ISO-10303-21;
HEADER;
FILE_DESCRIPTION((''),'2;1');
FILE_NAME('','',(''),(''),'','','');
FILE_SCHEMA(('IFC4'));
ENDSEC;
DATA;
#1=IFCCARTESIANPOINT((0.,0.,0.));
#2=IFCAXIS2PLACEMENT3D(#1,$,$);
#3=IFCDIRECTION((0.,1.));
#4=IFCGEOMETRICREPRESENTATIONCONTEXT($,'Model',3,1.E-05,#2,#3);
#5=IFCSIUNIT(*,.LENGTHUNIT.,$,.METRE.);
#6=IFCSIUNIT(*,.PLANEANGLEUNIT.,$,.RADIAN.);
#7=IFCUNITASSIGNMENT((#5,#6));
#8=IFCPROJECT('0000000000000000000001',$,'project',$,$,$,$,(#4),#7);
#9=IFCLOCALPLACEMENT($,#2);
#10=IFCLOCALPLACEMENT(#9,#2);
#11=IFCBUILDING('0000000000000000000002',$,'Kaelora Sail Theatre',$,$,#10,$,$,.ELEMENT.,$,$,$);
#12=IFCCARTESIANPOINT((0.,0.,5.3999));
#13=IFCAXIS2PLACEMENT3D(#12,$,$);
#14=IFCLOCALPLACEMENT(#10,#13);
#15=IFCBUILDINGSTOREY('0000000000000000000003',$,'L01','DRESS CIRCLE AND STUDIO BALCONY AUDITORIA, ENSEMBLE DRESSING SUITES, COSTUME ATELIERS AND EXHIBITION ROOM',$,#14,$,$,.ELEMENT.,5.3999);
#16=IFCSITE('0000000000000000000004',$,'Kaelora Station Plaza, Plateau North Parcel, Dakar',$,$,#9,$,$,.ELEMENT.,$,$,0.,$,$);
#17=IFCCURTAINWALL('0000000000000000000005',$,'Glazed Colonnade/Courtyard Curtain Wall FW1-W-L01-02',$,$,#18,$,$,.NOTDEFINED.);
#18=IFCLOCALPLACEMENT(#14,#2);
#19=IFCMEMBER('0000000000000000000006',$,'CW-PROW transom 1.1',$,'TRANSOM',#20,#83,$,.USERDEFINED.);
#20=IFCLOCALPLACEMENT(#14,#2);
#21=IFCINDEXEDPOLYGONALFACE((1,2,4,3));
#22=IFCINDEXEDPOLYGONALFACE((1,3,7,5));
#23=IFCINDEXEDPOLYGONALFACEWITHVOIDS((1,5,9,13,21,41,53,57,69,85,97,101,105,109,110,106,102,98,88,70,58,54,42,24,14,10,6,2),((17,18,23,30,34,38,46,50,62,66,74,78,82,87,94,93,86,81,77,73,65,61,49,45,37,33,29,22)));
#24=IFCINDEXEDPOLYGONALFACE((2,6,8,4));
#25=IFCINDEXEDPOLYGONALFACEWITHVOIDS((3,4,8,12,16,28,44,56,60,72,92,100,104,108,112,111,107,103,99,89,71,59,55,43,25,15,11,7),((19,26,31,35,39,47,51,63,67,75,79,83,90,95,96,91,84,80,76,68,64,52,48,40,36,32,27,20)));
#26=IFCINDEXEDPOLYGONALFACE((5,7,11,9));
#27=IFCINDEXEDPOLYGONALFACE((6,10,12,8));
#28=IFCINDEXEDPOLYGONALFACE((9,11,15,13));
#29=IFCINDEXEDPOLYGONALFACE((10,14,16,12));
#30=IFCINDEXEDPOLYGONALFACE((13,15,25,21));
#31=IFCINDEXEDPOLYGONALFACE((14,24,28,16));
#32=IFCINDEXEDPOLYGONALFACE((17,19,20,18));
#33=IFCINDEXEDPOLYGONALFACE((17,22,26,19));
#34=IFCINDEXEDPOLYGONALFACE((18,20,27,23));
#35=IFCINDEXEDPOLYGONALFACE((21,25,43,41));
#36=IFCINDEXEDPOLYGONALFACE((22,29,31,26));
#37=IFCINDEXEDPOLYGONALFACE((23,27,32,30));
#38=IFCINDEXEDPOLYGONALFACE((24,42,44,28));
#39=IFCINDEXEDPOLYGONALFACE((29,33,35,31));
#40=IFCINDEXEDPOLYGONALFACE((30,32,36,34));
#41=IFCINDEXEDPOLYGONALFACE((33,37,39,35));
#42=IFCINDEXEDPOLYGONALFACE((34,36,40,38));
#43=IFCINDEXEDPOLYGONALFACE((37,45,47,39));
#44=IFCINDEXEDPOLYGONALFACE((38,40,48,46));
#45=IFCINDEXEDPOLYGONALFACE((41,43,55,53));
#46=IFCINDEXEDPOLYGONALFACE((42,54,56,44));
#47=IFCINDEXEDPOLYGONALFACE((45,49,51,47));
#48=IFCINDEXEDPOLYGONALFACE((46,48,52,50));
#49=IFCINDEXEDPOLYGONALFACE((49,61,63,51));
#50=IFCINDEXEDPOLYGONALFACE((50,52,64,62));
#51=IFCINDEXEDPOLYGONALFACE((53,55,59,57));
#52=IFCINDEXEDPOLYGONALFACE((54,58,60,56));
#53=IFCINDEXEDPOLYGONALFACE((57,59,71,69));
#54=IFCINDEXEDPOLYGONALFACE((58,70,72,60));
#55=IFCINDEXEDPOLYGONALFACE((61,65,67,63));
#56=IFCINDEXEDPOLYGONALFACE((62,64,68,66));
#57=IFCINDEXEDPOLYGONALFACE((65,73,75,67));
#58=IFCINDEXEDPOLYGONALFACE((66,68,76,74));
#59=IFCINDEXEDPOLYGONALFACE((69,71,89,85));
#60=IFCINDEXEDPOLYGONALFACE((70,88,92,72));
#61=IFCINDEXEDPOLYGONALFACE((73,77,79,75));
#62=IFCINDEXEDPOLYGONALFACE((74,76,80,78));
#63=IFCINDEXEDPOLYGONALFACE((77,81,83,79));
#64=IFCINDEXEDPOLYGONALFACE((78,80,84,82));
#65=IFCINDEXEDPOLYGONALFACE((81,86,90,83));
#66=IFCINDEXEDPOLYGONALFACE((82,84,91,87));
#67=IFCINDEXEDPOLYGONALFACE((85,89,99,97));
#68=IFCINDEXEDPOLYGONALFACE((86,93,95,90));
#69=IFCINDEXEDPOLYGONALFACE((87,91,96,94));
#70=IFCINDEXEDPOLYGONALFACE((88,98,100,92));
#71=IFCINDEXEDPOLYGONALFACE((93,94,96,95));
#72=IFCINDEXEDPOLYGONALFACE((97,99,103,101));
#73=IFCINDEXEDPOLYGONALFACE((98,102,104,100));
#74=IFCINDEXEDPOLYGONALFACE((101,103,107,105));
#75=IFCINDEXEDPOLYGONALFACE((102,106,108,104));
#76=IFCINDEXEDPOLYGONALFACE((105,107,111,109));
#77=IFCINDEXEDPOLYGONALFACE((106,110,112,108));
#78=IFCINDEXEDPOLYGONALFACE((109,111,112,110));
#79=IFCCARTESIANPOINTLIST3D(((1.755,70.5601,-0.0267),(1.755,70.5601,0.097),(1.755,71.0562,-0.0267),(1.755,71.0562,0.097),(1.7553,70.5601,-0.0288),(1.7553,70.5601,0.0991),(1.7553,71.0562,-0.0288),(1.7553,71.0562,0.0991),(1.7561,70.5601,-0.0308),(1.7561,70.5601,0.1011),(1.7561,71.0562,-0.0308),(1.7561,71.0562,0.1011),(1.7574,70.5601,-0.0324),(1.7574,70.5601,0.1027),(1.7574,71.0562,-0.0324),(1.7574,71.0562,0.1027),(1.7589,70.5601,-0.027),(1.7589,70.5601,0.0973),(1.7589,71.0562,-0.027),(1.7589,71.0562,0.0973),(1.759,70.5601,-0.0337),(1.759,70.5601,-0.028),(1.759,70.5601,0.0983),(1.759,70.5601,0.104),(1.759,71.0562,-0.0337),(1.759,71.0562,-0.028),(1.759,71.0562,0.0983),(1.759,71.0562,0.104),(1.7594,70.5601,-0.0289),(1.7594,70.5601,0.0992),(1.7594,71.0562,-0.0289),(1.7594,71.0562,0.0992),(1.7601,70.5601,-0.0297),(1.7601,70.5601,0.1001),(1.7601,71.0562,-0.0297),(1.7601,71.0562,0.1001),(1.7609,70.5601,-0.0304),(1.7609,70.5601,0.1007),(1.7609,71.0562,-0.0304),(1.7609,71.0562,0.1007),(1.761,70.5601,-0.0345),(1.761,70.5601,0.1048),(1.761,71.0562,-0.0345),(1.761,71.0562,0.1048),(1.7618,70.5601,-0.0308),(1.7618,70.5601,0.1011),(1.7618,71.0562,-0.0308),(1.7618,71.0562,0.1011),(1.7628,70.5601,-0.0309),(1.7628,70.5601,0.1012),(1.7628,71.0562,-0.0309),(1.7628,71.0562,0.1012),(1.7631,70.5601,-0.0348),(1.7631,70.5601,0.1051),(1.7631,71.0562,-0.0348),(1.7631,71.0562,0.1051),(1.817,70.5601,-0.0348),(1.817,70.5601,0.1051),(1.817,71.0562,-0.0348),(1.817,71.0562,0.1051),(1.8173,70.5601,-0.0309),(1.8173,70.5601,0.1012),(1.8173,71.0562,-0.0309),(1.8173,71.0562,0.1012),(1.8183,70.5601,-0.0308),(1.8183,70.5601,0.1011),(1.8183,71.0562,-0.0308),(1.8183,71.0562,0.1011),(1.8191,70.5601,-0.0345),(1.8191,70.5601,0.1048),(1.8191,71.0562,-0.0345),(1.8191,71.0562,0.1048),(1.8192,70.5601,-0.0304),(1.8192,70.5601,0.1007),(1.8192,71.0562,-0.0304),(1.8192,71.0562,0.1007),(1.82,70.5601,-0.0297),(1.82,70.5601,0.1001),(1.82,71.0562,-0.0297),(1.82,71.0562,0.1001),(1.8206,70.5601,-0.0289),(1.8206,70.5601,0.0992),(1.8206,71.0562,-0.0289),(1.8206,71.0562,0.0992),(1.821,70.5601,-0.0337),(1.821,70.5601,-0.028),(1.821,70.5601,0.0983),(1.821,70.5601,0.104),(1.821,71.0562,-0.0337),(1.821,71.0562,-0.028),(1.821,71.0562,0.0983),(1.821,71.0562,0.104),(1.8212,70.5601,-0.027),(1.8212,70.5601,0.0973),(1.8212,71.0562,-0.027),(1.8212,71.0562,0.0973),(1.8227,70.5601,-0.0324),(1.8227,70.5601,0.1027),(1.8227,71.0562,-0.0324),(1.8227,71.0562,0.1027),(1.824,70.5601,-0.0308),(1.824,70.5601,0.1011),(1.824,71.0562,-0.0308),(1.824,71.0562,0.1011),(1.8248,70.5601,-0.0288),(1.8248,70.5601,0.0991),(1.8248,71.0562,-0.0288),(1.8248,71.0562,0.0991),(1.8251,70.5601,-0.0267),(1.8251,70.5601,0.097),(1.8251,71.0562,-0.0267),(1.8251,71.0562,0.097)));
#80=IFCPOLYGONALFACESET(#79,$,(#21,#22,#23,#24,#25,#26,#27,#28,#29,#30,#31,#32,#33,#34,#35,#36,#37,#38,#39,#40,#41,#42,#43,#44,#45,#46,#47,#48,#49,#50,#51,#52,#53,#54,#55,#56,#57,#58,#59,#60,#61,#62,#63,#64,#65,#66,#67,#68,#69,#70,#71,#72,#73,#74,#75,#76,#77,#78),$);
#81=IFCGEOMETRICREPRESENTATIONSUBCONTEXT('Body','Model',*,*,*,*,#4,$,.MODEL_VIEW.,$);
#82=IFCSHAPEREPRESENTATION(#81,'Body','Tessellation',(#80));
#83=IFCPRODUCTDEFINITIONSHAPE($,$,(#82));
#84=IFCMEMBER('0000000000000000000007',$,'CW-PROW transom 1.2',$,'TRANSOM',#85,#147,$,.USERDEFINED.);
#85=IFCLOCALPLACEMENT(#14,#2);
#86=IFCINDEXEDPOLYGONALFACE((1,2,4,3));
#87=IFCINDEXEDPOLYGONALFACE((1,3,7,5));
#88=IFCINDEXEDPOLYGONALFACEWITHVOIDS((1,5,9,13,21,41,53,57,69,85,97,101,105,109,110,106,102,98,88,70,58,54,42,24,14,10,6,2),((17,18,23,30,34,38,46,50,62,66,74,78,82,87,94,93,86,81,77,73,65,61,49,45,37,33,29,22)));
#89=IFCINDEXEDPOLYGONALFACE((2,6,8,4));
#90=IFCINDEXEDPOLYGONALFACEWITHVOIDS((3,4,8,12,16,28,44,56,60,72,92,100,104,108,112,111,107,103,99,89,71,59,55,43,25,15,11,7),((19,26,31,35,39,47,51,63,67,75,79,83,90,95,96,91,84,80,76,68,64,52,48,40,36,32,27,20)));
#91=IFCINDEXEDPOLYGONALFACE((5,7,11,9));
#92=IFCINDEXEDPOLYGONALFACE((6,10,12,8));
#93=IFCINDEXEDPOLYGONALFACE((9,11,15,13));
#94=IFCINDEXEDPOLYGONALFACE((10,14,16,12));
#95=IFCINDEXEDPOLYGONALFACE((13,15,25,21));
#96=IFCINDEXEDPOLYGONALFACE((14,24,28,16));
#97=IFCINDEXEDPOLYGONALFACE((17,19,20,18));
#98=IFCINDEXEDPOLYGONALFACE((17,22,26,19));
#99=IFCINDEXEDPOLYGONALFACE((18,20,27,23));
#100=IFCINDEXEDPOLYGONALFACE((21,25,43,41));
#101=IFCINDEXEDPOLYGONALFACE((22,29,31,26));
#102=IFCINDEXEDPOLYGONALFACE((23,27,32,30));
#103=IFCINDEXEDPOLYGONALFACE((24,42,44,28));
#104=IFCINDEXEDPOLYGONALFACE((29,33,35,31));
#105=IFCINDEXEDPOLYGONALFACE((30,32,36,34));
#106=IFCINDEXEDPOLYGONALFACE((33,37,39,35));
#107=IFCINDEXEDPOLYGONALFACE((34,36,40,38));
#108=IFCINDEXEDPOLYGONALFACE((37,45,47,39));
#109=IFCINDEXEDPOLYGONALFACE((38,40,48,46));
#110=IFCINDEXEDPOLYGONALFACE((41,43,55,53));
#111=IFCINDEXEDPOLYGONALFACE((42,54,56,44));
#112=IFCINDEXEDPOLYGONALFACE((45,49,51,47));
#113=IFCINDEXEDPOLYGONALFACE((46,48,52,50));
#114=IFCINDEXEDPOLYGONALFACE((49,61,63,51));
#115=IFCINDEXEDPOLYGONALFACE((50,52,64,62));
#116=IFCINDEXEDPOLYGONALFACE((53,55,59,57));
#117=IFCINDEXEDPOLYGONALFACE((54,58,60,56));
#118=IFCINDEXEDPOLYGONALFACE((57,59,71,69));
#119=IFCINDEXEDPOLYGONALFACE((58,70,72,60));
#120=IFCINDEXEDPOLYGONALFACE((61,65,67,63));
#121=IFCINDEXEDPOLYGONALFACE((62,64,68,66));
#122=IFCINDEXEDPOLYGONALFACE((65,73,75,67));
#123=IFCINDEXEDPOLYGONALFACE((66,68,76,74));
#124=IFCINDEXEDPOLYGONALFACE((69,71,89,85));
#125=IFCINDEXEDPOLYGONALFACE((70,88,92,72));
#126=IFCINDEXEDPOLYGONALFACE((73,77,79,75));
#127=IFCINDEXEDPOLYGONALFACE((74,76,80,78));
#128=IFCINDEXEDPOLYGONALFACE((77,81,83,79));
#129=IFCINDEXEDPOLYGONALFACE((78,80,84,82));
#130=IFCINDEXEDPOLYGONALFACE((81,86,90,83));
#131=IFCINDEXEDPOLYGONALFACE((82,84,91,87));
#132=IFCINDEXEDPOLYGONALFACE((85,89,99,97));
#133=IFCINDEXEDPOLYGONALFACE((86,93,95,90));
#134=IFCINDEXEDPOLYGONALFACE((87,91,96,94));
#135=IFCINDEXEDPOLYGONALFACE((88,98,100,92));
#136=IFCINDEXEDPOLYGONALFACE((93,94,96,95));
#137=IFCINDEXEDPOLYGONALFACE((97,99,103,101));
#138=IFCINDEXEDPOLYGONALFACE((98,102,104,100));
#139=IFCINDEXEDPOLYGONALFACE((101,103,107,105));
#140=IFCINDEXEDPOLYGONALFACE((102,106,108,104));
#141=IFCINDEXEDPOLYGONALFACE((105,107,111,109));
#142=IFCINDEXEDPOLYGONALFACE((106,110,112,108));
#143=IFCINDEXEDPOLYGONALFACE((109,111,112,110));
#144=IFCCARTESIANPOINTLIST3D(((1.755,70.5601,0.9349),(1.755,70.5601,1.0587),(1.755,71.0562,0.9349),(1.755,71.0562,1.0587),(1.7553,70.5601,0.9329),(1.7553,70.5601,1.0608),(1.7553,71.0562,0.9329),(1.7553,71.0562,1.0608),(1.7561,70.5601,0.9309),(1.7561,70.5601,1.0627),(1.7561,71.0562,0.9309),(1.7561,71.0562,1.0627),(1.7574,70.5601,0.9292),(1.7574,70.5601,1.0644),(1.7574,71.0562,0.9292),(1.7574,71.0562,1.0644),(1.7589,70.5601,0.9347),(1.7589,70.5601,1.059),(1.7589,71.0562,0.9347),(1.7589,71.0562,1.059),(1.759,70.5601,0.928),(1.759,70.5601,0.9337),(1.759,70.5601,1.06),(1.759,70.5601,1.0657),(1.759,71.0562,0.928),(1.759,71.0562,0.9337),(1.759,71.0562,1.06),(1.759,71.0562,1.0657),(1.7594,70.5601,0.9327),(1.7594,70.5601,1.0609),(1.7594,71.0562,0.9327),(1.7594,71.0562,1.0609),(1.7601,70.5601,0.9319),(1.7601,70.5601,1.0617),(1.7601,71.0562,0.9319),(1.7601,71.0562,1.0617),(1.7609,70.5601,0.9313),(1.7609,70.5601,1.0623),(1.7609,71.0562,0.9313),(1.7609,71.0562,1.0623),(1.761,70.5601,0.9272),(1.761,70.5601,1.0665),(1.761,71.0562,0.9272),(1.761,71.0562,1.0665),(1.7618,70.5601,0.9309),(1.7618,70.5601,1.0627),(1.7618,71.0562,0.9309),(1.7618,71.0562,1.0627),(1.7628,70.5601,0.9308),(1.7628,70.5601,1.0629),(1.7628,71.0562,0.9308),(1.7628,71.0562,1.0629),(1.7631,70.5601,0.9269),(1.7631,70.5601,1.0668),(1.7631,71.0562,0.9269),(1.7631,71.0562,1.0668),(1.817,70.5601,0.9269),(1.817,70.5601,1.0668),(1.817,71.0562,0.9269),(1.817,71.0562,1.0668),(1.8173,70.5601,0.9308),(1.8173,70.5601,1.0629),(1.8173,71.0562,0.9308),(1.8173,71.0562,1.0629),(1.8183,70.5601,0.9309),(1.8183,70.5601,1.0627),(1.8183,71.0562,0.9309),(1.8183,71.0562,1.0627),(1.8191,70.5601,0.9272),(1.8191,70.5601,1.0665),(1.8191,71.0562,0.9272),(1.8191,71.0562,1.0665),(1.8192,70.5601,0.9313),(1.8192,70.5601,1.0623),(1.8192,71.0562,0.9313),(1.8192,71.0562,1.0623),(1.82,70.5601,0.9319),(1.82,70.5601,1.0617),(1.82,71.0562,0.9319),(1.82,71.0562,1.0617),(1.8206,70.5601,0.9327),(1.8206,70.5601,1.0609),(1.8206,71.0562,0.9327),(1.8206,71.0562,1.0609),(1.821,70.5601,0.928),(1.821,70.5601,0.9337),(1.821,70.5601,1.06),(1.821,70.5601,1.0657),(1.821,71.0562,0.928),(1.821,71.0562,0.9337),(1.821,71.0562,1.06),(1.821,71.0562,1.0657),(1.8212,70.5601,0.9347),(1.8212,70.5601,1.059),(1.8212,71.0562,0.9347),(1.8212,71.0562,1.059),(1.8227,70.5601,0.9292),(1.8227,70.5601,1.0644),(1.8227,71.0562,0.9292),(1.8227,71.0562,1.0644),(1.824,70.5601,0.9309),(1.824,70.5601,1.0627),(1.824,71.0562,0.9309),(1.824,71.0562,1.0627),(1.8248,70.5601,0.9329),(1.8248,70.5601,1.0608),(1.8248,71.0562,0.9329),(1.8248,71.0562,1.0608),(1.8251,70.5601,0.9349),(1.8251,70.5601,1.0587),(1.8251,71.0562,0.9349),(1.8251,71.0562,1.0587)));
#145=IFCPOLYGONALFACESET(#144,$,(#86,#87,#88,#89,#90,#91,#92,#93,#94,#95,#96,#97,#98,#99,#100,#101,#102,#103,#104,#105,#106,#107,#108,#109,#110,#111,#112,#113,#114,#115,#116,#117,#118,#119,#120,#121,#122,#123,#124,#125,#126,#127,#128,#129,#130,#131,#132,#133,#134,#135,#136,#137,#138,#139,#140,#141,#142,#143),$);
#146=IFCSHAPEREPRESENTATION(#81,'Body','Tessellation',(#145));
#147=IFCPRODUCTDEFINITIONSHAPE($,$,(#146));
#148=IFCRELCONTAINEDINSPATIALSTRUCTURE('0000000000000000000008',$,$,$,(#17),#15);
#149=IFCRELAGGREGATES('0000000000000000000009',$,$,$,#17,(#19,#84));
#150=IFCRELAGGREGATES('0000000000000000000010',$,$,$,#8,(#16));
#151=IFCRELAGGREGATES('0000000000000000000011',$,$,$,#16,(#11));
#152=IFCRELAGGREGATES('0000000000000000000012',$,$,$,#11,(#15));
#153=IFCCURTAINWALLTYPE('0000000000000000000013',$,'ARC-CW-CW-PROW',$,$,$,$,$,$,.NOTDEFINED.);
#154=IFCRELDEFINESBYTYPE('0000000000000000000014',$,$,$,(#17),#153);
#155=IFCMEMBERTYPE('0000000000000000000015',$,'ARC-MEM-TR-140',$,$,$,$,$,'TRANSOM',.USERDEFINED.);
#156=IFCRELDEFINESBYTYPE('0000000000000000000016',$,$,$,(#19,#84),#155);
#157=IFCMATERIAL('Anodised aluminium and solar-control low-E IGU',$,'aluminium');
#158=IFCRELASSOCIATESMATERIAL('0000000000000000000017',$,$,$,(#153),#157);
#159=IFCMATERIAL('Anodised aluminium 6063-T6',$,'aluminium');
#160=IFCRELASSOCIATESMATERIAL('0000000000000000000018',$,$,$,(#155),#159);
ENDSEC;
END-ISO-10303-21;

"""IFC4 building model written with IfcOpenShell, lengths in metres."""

from ifc_helpers import new_model, si_unit, direction, frame, origin, origin_2d, place, context, subcontext, project, spatial, hollow_rectangle, extrude, material, material_profile, profile_set, type_object, element, aggregate, save


model = new_model("IFC4")

# Units and contexts
model_context = context("Model", 3, precision=1e-05, world=origin(), true_north=direction((0.0, 1.0)))
body_context = subcontext(model_context, "Body", "Model", "MODEL_VIEW")
ifc_project = project(units=[si_unit("LENGTHUNIT", "METRE"), si_unit("PLANEANGLEUNIT", "RADIAN")], contexts=[model_context])

# Site, building, storey
site_placement = place(None, origin())
site = spatial("IfcSite", under=ifc_project, at=site_placement, Name="Kaelora Station Plaza, Plateau North Parcel, Dakar", CompositionType="ELEMENT", RefElevation=0.0)
building_placement = place(site_placement, origin())
building = spatial("IfcBuilding", under=site, at=building_placement, Name="Kaelora Sail Theatre", CompositionType="ELEMENT")
storey_placement = place(building_placement, frame((0.0, 0.0, 5.3999)))
storey = spatial("IfcBuildingStorey", under=building, at=storey_placement, Name="L01", Description="DRESS CIRCLE AND STUDIO BALCONY AUDITORIA, ENSEMBLE DRESSING SUITES, COSTUME ATELIERS AND EXHIBITION ROOM", CompositionType="ELEMENT", Elevation=5.3999)

# Curtain wall
ifc_material_1 = material(Name="Anodised aluminium and solar-control low-E IGU", Category="aluminium")
curtain_wall_type = type_object("IfcCurtainWallType", Name="ARC-CW-CW-PROW", PredefinedType="NOTDEFINED", material=ifc_material_1)
curtain_wall_1_placement = place(storey_placement, origin())
curtain_wall_1 = element("IfcCurtainWall", 1, at=curtain_wall_1_placement, inside=storey, type_object=curtain_wall_type, Name="Glazed Colonnade/Courtyard Curtain Wall FW1-W-L01-02", PredefinedType="NOTDEFINED")

# Members
ifc_material_2 = material(Name="Anodised aluminium 6063-T6", Category="aluminium")
ifc_material_profile_1 = material_profile(ifc_material_2, hollow_rectangle(XDim=0.0701, YDim=0.1399, WallThickness=0.0039, InnerFilletRadius=0.0039, OuterFilletRadius=0.0081, at=origin_2d()), Name="ALU-TRAN 70x140x4")
ifc_profile_set_1 = profile_set([ifc_material_profile_1], Name="Anodised aluminium 6063-T6")
member_type_1 = type_object("IfcMemberType", Name="ARC-MEM-TR-140", ElementType="TRANSOM", PredefinedType="USERDEFINED", material=ifc_profile_set_1)
member_1_placement = place(storey_placement, frame((1.79, 70.5601, 0.0352), z_axis=(0.0, 1.0, 0.0), x_axis=(-1.0, 0.0, 0.0)))
member_1 = element("IfcMember", 2, at=member_1_placement, type_object=member_type_1, Name="CW-PROW transom 1.1", ObjectType="TRANSOM", PredefinedType="USERDEFINED", context=body_context, shape_type="SweptSolid", body=[
    extrude(hollow_rectangle(XDim=0.0701, YDim=0.1399, WallThickness=0.0039, InnerFilletRadius=0.0039, OuterFilletRadius=0.0081, at=origin_2d()), origin(), (0.0, 0.0, 1.0), 0.4961),
])
member_2_placement = place(storey_placement, frame((1.79, 70.5601, 0.9968), z_axis=(0.0, 1.0, 0.0), x_axis=(-1.0, 0.0, 0.0)))
member_2 = element("IfcMember", 3, at=member_2_placement, type_object=member_type_1, Name="CW-PROW transom 1.2", ObjectType="TRANSOM", PredefinedType="USERDEFINED", context=body_context, shape_type="SweptSolid", body=[
    extrude(hollow_rectangle(XDim=0.0701, YDim=0.1399, WallThickness=0.0039, InnerFilletRadius=0.0039, OuterFilletRadius=0.0081, at=origin_2d()), origin(), (0.0, 0.0, 1.0), 0.4961),
])

aggregate(curtain_wall_1, [member_1, member_2])

save(model, "model.ifc")
